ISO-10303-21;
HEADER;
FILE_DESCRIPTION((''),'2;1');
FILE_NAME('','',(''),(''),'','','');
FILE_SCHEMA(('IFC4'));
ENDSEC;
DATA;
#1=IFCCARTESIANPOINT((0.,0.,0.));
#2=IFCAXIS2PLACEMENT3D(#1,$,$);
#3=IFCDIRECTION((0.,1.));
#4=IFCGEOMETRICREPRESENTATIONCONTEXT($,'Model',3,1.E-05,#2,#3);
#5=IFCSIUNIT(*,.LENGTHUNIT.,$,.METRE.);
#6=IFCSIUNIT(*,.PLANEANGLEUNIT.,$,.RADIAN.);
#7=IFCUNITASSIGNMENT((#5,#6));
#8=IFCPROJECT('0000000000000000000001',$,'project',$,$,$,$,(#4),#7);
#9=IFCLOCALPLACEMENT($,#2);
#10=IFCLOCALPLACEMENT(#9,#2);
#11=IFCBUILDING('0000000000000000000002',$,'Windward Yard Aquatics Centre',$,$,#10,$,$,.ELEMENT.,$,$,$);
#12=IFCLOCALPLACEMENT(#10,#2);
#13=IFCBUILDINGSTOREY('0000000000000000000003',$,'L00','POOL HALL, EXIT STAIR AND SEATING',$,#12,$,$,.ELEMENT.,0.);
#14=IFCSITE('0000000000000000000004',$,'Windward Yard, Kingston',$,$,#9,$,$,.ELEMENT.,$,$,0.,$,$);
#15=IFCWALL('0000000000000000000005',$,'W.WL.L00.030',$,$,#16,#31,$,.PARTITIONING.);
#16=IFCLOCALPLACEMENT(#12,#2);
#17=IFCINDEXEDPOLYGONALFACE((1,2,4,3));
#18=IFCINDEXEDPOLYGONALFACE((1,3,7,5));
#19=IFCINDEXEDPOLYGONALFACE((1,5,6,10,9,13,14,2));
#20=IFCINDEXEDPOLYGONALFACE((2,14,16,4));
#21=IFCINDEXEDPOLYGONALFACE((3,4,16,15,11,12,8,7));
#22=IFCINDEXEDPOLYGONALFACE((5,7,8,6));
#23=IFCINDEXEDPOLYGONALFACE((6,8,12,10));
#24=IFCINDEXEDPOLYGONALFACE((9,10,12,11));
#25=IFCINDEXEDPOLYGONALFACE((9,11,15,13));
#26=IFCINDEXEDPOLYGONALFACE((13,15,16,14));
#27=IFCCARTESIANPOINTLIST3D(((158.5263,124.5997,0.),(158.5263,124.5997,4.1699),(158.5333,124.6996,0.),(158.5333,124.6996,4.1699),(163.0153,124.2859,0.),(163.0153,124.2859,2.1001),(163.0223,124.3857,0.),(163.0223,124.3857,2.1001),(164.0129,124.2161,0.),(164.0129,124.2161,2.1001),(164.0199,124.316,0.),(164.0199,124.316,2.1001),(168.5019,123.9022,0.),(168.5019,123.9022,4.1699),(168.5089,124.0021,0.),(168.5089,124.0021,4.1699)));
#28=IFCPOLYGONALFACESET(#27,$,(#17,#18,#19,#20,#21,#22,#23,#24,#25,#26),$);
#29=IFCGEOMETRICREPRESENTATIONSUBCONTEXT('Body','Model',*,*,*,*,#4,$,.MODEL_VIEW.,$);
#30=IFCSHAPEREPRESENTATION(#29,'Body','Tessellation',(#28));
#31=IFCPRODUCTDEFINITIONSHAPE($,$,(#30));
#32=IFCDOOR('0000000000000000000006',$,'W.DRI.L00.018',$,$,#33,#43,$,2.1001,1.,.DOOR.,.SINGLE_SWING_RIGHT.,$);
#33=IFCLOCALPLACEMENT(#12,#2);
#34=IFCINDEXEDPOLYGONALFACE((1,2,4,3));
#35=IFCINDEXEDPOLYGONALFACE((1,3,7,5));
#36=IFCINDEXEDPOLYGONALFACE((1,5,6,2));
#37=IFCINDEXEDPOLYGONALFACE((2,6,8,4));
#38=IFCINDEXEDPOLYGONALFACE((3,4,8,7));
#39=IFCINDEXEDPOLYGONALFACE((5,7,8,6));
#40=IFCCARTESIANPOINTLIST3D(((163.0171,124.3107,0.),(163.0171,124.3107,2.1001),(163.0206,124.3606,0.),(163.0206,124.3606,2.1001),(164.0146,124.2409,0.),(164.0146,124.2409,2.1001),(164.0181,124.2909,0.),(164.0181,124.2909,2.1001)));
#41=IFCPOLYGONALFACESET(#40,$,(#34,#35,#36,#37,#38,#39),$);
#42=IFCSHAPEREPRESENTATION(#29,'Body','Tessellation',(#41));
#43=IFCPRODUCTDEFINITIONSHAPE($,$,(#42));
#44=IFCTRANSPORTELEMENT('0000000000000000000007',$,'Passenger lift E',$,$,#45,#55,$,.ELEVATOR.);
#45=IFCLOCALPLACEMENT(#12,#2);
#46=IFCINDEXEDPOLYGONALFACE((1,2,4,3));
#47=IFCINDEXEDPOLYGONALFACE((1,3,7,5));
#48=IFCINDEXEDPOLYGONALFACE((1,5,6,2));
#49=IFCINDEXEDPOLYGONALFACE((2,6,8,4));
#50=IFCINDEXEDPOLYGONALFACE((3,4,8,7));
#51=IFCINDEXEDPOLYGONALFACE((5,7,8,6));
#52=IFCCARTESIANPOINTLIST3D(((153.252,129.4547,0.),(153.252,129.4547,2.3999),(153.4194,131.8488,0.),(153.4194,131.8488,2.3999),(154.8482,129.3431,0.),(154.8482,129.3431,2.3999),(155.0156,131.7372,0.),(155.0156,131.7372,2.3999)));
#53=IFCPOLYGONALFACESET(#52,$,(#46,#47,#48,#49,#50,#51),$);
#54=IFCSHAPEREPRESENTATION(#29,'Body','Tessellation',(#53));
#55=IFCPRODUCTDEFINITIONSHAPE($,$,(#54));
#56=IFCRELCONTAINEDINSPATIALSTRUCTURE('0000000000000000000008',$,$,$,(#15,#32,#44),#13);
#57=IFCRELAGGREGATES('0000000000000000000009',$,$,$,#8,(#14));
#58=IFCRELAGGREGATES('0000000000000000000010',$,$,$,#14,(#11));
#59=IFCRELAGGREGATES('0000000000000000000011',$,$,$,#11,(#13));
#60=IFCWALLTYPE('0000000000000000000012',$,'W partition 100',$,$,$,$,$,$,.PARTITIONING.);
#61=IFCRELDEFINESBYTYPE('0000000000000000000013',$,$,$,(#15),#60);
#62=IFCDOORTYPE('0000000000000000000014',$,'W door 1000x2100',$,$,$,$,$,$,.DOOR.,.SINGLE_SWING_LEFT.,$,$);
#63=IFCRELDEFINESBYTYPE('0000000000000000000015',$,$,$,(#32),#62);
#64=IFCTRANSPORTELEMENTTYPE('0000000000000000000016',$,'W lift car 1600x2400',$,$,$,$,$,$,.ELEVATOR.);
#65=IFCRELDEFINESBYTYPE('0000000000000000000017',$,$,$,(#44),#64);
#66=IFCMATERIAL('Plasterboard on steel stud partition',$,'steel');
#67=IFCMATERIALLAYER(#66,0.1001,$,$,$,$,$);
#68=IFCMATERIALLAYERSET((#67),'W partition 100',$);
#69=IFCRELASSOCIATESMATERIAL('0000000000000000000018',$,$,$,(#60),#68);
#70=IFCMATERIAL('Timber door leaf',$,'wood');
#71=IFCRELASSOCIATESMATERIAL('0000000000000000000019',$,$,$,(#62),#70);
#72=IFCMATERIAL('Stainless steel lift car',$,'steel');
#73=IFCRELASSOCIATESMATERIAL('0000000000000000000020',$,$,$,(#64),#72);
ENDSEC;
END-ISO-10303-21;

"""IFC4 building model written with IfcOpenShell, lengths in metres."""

from ifc_helpers import new_model, si_unit, direction, frame, frame_2d, origin, origin_2d, place, context, subcontext, project, spatial, rectangle, extrude, material, layer, layer_set, type_object, element, fill, save


model = new_model("IFC4")

# Units and contexts
model_context = context("Model", 3, precision=1e-05, world=origin(), true_north=direction((0.0, 1.0)))
body_context = subcontext(model_context, "Body", "Model", "MODEL_VIEW")
ifc_project = project(units=[si_unit("LENGTHUNIT", "METRE"), si_unit("PLANEANGLEUNIT", "RADIAN")], contexts=[model_context])

# Site, building, storey
site_placement = place(None, origin())
site = spatial("IfcSite", under=ifc_project, at=site_placement, Name="Windward Yard, Kingston", CompositionType="ELEMENT", RefElevation=0.0)
building_placement = place(site_placement, origin())
building = spatial("IfcBuilding", under=site, at=building_placement, Name="Windward Yard Aquatics Centre", CompositionType="ELEMENT")
storey_placement = place(building_placement, origin())
storey = spatial("IfcBuildingStorey", under=building, at=storey_placement, Name="L00", Description="POOL HALL, EXIT STAIR AND SEATING", CompositionType="ELEMENT", Elevation=0.0)

# Wall, opening, door
ifc_material_1 = material(Name="Plasterboard on steel stud partition", Category="steel")
ifc_layer_1 = layer(ifc_material_1, 0.1001)
ifc_layer_set_1 = layer_set([ifc_layer_1], Name="W partition 100")
wall_type_1 = type_object("IfcWallType", Name="W partition 100", PredefinedType="PARTITIONING", material=ifc_layer_set_1)
wall_1_placement = place(storey_placement, frame((158.5298, 124.6497, 0.0), z_axis=(0.0, 0.0, 1.0), x_axis=(0.997564, -0.069751, 0.0)))
wall_1 = element("IfcWall", 1, at=wall_1_placement, inside=storey, type_object=wall_type_1, Name="W.WL.L00.030", PredefinedType="PARTITIONING", context=body_context, shape_type="SweptSolid", body=[
    extrude(rectangle(XDim=10.0, YDim=0.1001, at=frame_2d((5.0, 0.0))), origin(), (0.0, 0.0, 1.0), 4.1699),
])
opening_1_placement = place(wall_1_placement, frame((4.5, 0.0, 0.0)))
opening_1 = element("IfcOpeningElement", 2, at=opening_1_placement, cuts=wall_1, PredefinedType="OPENING", context=body_context, shape_type="SweptSolid", body=[
    extrude(rectangle(XDim=1.0, YDim=2.1001, at=frame_2d((0.5, 1.05))), frame((0.0, 0.0601, 0.0), z_axis=(0.0, -1.0, 0.0), x_axis=(1.0, 0.0, 0.0)), (0.0, 0.0, 1.0), 0.1201),
])
ifc_material_2 = material(Name="Timber door leaf", Category="wood")
door_type = type_object("IfcDoorType", Name="W door 1000x2100", OperationType="SINGLE_SWING_LEFT", PredefinedType="DOOR", material=ifc_material_2)
door_placement = place(opening_1_placement, origin())
door = element("IfcDoor", 3, at=door_placement, inside=storey, type_object=door_type, Name="W.DRI.L00.018", OperationType="SINGLE_SWING_RIGHT", OverallHeight=2.1001, OverallWidth=1.0, PredefinedType="DOOR", context=body_context, shape_type="SweptSolid", body=[
    extrude(rectangle(XDim=1.0, YDim=2.1001, at=frame_2d((0.5, 1.05))), frame((0.0, 0.0249, 0.0), z_axis=(0.0, -1.0, 0.0), x_axis=(1.0, 0.0, 0.0)), (0.0, 0.0, 1.0), 0.05),
])
fill(opening_1, door)

# Transport element
ifc_material_3 = material(Name="Stainless steel lift car", Category="steel")
transport_element_type = type_object("IfcTransportElementType", Name="W lift car 1600x2400", PredefinedType="ELEVATOR", material=ifc_material_3)
transport_element_placement = place(storey_placement, frame((154.1338, 130.5959, 0.0), z_axis=(0.0, 0.0, 1.0), x_axis=(0.997564, -0.069756, 0.0)))
element("IfcTransportElement", 4, at=transport_element_placement, inside=storey, type_object=transport_element_type, Name="Passenger lift E", PredefinedType="ELEVATOR", context=body_context, shape_type="SweptSolid", body=[
    extrude(rectangle(XDim=1.6001, YDim=2.3999, at=origin_2d()), origin(), (0.0, 0.0, 1.0), 2.3999),
])

save(model, "model.ifc")
